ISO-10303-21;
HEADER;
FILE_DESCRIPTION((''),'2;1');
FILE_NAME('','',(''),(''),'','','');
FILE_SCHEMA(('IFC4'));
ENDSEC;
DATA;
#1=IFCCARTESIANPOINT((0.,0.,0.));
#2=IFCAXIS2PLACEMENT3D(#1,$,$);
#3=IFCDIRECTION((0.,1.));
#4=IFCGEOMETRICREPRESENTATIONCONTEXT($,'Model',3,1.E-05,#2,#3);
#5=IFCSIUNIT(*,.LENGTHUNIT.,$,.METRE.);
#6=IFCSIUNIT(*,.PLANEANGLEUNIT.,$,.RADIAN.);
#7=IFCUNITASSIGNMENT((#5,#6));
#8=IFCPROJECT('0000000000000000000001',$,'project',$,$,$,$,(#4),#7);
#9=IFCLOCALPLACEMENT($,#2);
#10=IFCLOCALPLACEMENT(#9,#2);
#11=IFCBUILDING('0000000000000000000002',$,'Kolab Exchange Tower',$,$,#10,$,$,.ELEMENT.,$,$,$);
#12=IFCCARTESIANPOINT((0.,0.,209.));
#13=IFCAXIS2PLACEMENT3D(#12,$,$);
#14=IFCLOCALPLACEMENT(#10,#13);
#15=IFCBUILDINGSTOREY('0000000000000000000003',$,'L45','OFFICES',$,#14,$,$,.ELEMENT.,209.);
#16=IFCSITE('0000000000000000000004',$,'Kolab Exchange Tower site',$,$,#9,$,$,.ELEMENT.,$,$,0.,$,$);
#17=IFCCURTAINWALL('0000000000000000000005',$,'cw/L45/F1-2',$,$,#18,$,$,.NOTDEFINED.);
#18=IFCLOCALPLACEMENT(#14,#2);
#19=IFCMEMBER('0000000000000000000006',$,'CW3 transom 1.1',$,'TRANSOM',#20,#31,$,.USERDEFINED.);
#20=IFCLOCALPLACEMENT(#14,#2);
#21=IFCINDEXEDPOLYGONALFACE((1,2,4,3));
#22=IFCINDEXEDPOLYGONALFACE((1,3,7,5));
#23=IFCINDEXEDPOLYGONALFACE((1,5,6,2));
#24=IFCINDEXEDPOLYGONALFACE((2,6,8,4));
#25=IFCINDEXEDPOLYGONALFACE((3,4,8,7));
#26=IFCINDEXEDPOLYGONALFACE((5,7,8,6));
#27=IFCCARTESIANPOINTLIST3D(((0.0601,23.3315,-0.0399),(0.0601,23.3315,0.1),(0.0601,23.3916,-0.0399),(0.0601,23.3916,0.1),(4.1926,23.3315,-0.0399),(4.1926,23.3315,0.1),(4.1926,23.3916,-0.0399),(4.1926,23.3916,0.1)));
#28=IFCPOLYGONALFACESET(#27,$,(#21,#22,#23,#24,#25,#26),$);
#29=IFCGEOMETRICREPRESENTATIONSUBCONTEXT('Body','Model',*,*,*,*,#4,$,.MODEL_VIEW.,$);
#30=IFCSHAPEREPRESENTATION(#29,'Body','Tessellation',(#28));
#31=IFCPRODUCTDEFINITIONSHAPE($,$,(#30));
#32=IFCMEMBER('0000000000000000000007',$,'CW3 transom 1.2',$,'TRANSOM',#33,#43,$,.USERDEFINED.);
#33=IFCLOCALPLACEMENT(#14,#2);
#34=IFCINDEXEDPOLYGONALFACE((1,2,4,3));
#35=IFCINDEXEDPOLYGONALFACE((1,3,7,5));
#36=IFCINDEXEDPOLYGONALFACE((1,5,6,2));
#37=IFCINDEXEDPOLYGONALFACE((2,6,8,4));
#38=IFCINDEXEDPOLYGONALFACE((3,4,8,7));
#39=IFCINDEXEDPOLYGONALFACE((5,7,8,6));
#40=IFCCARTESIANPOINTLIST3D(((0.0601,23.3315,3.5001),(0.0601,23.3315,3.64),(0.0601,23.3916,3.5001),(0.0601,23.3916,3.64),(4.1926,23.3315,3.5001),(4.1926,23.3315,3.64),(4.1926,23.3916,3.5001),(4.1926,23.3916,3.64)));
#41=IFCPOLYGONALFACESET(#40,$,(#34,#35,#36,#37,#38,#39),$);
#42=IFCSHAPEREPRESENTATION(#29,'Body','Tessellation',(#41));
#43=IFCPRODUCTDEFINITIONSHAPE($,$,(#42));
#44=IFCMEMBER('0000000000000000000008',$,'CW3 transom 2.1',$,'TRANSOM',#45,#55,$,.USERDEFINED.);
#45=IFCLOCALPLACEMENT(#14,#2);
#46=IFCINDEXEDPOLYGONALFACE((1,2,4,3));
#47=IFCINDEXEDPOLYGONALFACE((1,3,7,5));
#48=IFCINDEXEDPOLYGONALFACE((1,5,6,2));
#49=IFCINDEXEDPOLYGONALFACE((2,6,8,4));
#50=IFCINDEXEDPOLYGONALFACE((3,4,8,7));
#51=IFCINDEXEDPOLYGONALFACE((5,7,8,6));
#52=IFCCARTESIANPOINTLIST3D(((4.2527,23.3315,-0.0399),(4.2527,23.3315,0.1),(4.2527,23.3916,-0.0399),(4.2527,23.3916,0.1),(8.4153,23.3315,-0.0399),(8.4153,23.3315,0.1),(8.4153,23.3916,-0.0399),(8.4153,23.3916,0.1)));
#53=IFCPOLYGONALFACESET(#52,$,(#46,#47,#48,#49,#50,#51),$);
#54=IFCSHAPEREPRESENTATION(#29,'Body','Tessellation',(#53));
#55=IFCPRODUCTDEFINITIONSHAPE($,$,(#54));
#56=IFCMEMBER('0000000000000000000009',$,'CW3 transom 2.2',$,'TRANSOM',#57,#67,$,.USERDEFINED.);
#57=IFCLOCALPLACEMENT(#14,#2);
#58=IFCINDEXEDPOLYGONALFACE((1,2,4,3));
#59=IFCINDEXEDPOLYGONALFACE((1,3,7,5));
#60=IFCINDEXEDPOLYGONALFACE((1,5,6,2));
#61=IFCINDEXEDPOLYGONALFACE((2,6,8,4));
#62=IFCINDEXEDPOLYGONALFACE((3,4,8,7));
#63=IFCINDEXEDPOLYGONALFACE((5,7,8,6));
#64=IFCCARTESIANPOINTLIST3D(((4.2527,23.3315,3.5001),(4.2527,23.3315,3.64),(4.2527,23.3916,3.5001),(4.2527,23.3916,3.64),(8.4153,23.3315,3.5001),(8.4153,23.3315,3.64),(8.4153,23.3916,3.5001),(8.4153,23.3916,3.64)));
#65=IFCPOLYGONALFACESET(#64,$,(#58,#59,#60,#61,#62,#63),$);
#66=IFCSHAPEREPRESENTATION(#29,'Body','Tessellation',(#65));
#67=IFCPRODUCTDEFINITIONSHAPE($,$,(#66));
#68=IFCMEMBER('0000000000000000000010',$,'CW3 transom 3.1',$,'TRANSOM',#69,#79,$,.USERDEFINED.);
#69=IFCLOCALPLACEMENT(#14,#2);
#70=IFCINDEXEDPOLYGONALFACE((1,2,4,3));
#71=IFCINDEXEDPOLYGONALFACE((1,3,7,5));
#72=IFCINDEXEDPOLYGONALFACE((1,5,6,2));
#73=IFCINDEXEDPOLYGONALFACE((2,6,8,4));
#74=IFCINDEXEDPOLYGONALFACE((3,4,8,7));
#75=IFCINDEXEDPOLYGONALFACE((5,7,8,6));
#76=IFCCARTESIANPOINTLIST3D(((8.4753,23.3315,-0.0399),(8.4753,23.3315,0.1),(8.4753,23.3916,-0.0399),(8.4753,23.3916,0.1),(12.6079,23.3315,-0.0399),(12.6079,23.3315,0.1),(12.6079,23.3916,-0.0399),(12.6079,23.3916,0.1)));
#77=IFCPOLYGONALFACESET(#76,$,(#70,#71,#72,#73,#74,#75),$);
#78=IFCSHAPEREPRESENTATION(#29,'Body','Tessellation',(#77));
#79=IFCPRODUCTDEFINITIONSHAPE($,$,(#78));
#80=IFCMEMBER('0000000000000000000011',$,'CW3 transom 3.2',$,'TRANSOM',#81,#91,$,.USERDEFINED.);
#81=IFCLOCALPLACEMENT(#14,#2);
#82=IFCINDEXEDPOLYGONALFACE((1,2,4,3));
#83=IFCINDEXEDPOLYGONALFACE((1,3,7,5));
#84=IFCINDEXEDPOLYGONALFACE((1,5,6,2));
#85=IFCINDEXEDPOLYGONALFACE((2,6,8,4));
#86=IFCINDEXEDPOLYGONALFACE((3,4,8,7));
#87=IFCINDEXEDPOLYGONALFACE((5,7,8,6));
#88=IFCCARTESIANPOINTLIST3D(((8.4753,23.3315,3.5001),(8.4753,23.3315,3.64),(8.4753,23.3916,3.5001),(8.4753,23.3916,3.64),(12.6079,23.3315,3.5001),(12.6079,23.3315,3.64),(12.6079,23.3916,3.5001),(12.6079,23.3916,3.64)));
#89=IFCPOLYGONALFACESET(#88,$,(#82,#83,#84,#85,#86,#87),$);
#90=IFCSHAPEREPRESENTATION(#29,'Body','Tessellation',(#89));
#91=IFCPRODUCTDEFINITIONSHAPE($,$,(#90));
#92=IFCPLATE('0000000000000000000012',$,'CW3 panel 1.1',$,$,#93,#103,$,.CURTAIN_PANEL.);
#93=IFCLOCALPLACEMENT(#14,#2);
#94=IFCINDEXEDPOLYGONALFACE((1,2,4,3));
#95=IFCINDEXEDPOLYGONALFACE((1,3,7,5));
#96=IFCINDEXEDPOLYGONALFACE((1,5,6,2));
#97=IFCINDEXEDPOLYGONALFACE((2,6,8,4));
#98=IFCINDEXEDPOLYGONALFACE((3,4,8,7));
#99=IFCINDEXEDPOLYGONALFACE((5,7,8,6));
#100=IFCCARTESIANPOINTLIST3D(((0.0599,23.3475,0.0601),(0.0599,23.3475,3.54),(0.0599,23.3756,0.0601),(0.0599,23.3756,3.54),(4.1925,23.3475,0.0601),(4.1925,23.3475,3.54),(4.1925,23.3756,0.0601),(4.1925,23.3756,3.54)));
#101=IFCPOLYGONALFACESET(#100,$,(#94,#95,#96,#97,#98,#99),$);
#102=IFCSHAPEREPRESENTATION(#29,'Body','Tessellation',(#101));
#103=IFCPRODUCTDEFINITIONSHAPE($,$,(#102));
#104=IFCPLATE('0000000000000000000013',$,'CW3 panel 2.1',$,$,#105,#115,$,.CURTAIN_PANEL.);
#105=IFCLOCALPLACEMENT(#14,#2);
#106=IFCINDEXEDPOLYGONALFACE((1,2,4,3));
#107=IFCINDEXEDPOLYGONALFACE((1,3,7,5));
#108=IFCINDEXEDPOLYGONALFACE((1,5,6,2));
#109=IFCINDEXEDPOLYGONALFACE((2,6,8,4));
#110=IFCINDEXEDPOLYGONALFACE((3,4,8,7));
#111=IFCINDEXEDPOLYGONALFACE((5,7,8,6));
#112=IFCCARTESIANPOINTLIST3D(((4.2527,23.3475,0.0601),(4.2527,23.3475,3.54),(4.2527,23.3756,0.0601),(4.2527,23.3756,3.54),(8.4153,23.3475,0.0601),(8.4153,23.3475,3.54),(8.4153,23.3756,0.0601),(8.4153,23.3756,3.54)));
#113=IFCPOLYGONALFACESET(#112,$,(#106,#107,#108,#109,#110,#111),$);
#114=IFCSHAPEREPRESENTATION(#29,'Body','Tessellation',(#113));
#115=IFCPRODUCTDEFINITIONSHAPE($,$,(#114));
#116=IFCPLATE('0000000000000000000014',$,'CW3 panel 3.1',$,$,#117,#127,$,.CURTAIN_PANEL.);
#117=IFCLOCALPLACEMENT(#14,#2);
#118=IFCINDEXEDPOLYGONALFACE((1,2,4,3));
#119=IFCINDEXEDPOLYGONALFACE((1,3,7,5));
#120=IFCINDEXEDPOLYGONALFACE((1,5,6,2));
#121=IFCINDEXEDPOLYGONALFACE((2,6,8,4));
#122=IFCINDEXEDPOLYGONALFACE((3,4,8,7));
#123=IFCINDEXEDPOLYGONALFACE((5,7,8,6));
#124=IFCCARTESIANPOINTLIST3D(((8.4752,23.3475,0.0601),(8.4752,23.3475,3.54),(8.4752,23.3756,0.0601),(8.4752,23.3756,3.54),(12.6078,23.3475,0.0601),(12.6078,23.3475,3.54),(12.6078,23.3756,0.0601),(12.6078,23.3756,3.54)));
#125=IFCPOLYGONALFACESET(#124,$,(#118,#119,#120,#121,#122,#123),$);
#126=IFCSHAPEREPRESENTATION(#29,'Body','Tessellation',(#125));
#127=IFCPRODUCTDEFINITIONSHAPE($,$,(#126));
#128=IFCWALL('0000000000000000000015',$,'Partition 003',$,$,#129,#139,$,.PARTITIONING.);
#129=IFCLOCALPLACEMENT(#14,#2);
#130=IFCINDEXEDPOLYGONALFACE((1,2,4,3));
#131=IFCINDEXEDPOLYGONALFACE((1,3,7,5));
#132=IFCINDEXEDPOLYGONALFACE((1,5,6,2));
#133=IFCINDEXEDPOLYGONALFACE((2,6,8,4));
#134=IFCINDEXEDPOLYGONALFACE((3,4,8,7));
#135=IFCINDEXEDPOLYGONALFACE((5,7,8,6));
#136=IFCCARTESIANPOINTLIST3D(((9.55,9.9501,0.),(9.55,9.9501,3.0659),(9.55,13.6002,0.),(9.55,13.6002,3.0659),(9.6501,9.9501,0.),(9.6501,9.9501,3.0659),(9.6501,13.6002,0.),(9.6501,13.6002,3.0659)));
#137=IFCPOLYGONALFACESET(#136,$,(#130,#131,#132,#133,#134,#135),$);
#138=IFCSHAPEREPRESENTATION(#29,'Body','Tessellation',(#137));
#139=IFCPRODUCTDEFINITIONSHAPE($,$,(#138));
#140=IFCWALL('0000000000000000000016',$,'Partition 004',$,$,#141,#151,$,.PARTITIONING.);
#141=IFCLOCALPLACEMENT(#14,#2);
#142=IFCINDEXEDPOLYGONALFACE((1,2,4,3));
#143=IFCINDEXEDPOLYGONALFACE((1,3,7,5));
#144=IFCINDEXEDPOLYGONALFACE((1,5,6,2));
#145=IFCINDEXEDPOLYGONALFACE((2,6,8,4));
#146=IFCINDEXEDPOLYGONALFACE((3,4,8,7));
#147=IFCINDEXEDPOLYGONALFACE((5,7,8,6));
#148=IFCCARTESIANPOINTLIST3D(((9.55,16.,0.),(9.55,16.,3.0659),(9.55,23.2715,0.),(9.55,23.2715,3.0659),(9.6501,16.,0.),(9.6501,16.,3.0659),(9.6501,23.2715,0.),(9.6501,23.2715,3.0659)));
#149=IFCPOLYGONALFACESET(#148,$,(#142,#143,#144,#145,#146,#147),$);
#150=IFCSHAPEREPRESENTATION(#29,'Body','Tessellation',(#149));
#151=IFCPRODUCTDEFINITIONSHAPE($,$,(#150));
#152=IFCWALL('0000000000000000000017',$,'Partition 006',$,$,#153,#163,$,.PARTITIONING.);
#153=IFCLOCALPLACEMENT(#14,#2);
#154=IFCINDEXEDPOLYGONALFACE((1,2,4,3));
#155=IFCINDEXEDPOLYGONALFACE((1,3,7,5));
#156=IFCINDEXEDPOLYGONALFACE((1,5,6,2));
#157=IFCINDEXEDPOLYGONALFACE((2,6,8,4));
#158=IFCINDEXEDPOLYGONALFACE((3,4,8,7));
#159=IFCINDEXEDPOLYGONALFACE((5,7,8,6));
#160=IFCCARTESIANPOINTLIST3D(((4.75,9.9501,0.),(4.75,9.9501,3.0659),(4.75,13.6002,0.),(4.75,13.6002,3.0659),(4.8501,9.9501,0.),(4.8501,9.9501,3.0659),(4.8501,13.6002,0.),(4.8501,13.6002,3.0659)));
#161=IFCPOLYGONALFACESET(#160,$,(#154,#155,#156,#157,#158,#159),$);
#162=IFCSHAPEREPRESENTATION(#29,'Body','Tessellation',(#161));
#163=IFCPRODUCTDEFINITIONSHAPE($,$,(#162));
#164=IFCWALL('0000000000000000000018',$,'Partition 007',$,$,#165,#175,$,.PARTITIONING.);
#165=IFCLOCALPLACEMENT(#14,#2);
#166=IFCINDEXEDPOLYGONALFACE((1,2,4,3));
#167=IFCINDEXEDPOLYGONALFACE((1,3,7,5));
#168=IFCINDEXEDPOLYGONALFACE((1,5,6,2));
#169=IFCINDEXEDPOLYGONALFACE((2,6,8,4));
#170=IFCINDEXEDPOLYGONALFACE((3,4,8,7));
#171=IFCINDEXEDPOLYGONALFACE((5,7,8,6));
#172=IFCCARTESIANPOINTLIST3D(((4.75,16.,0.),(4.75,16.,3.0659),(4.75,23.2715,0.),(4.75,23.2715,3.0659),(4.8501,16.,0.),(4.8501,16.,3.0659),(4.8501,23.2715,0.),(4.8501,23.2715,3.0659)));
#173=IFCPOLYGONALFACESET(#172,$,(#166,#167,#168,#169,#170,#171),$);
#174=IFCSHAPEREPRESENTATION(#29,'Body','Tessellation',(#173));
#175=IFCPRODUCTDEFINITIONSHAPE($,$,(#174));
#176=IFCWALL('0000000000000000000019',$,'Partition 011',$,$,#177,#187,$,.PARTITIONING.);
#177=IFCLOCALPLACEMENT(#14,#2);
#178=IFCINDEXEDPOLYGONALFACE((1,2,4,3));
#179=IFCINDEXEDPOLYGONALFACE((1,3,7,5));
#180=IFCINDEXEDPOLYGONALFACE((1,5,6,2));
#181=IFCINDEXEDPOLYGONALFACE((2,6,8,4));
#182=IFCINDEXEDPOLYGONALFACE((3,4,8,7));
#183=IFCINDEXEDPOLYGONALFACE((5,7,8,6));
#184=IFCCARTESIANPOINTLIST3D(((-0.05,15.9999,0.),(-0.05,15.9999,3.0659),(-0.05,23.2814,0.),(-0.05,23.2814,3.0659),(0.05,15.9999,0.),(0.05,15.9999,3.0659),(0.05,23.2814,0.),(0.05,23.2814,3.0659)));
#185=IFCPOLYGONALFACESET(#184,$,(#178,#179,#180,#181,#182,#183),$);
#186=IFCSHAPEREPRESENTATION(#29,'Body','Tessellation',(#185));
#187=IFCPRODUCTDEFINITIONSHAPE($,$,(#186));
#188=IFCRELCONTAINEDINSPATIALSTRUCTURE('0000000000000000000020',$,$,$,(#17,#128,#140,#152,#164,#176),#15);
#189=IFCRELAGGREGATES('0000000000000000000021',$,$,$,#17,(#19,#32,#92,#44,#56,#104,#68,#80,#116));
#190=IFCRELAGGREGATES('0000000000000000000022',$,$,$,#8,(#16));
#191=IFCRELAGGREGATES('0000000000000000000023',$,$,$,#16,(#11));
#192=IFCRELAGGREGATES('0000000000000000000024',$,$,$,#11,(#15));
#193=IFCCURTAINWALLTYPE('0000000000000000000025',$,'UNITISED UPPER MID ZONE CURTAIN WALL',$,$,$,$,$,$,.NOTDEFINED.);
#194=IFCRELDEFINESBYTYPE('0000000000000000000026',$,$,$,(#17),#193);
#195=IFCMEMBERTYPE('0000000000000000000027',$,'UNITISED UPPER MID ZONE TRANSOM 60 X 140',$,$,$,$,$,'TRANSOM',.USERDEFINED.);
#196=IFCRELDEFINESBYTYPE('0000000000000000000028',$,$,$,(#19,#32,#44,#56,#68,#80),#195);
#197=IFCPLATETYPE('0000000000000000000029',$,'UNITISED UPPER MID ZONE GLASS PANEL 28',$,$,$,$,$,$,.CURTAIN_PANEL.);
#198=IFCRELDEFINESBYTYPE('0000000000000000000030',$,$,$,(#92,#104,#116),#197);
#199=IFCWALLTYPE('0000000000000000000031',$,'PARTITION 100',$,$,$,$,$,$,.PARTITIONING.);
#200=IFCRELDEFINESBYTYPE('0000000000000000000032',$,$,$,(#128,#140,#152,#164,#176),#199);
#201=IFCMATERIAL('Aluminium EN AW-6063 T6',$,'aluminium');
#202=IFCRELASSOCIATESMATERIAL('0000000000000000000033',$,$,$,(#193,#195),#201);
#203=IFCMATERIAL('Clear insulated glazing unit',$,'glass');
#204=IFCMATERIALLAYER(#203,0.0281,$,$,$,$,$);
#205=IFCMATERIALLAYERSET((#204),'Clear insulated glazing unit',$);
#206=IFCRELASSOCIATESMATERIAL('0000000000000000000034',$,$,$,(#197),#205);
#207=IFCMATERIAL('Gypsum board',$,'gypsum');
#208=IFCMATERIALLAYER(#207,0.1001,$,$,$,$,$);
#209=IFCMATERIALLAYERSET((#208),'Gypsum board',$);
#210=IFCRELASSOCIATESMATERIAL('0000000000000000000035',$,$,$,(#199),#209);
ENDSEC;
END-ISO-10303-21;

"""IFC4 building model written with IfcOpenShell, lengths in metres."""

from ifc_helpers import new_model, si_unit, direction, frame, frame_2d, origin, origin_2d, place, context, subcontext, project, spatial, rectangle, extrude, material, layer, layer_set, material_profile, profile_set, type_object, element, aggregate, save


model = new_model("IFC4")

# Units and contexts
model_context = context("Model", 3, precision=1e-05, world=origin(), true_north=direction((0.0, 1.0)))
body_context = subcontext(model_context, "Body", "Model", "MODEL_VIEW")
ifc_project = project(units=[si_unit("LENGTHUNIT", "METRE"), si_unit("PLANEANGLEUNIT", "RADIAN")], contexts=[model_context])

# Site, building, storey
site_placement = place(None, origin())
site = spatial("IfcSite", under=ifc_project, at=site_placement, Name="Kolab Exchange Tower site", CompositionType="ELEMENT", RefElevation=0.0)
building_placement = place(site_placement, origin())
building = spatial("IfcBuilding", under=site, at=building_placement, Name="Kolab Exchange Tower", CompositionType="ELEMENT")
storey_placement = place(building_placement, frame((0.0, 0.0, 209.0)))
storey = spatial("IfcBuildingStorey", under=building, at=storey_placement, Name="L45", Description="OFFICES", CompositionType="ELEMENT", Elevation=209.0)

# Curtain wall
ifc_material_1 = material(Name="Aluminium EN AW-6063 T6", Category="aluminium")
curtain_wall_type = type_object("IfcCurtainWallType", Name="UNITISED UPPER MID ZONE CURTAIN WALL", PredefinedType="NOTDEFINED", material=ifc_material_1)
curtain_wall_1_placement = place(storey_placement, origin())
curtain_wall_1 = element("IfcCurtainWall", 1, at=curtain_wall_1_placement, inside=storey, type_object=curtain_wall_type, Name="cw/L45/F1-2", PredefinedType="NOTDEFINED")

# Members
ifc_material_profile_1 = material_profile(ifc_material_1, rectangle(XDim=0.0601, YDim=0.1399, at=origin_2d()), Name="RECT 60X140")
ifc_profile_set_1 = profile_set([ifc_material_profile_1], Name="Aluminium EN AW-6063 T6")
member_type_1 = type_object("IfcMemberType", Name="UNITISED UPPER MID ZONE TRANSOM 60 X 140", ElementType="TRANSOM", PredefinedType="USERDEFINED", material=ifc_profile_set_1)
member_1_placement = place(storey_placement, frame((0.0601, 23.3616, 0.03), z_axis=(1.0, 0.0, 0.0), x_axis=(0.0, 1.0, 0.0)))
member_1 = element("IfcMember", 2, at=member_1_placement, type_object=member_type_1, Name="CW3 transom 1.1", ObjectType="TRANSOM", PredefinedType="USERDEFINED", context=body_context, shape_type="SweptSolid", body=[
    extrude(rectangle(XDim=0.0601, YDim=0.1399, at=origin_2d()), origin(), (0.0, 0.0, 1.0), 4.1326),
])
member_2_placement = place(storey_placement, frame((0.0601, 23.3616, 3.5701), z_axis=(1.0, 0.0, 0.0), x_axis=(0.0, 1.0, 0.0)))
member_2 = element("IfcMember", 3, at=member_2_placement, type_object=member_type_1, Name="CW3 transom 1.2", ObjectType="TRANSOM", PredefinedType="USERDEFINED", context=body_context, shape_type="SweptSolid", body=[
    extrude(rectangle(XDim=0.0601, YDim=0.1399, at=origin_2d()), origin(), (0.0, 0.0, 1.0), 4.1326),
])
member_3_placement = place(storey_placement, frame((4.2527, 23.3616, 0.03), z_axis=(1.0, 0.0, 0.0), x_axis=(0.0, 1.0, 0.0)))
member_3 = element("IfcMember", 4, at=member_3_placement, type_object=member_type_1, Name="CW3 transom 2.1", ObjectType="TRANSOM", PredefinedType="USERDEFINED", context=body_context, shape_type="SweptSolid", body=[
    extrude(rectangle(XDim=0.0601, YDim=0.1399, at=origin_2d()), origin(), (0.0, 0.0, 1.0), 4.1626),
])
member_4_placement = place(storey_placement, frame((4.2527, 23.3616, 3.5701), z_axis=(1.0, 0.0, 0.0), x_axis=(0.0, 1.0, 0.0)))
member_4 = element("IfcMember", 5, at=member_4_placement, type_object=member_type_1, Name="CW3 transom 2.2", ObjectType="TRANSOM", PredefinedType="USERDEFINED", context=body_context, shape_type="SweptSolid", body=[
    extrude(rectangle(XDim=0.0601, YDim=0.1399, at=origin_2d()), origin(), (0.0, 0.0, 1.0), 4.1626),
])
member_5_placement = place(storey_placement, frame((8.4753, 23.3616, 0.03), z_axis=(1.0, 0.0, 0.0), x_axis=(0.0, 1.0, 0.0)))
member_5 = element("IfcMember", 6, at=member_5_placement, type_object=member_type_1, Name="CW3 transom 3.1", ObjectType="TRANSOM", PredefinedType="USERDEFINED", context=body_context, shape_type="SweptSolid", body=[
    extrude(rectangle(XDim=0.0601, YDim=0.1399, at=origin_2d()), origin(), (0.0, 0.0, 1.0), 4.1326),
])
member_6_placement = place(storey_placement, frame((8.4753, 23.3616, 3.5701), z_axis=(1.0, 0.0, 0.0), x_axis=(0.0, 1.0, 0.0)))
member_6 = element("IfcMember", 7, at=member_6_placement, type_object=member_type_1, Name="CW3 transom 3.2", ObjectType="TRANSOM", PredefinedType="USERDEFINED", context=body_context, shape_type="SweptSolid", body=[
    extrude(rectangle(XDim=0.0601, YDim=0.1399, at=origin_2d()), origin(), (0.0, 0.0, 1.0), 4.1326),
])

# Plates
ifc_material_2 = material(Name="Clear insulated glazing unit", Category="glass")
ifc_layer_1 = layer(ifc_material_2, 0.0281)
ifc_layer_set_1 = layer_set([ifc_layer_1], Name="Clear insulated glazing unit")
plate_type = type_object("IfcPlateType", Name="UNITISED UPPER MID ZONE GLASS PANEL 28", PredefinedType="CURTAIN_PANEL", material=ifc_layer_set_1)
plate_1_placement = place(storey_placement, frame((2.1262, 23.3616, 0.0601), z_axis=(0.0, 0.0, 1.0), x_axis=(1.0, 0.0, 0.0)))
plate_1 = element("IfcPlate", 8, at=plate_1_placement, type_object=plate_type, Name="CW3 panel 1.1", PredefinedType="CURTAIN_PANEL", context=body_context, shape_type="SweptSolid", body=[
    extrude(rectangle(XDim=4.1326, YDim=0.0281, at=origin_2d()), origin(), (0.0, 0.0, 1.0), 3.48),
])
plate_2_placement = place(storey_placement, frame((6.334, 23.3616, 0.0601), z_axis=(0.0, 0.0, 1.0), x_axis=(1.0, 0.0, 0.0)))
plate_2 = element("IfcPlate", 9, at=plate_2_placement, type_object=plate_type, Name="CW3 panel 2.1", PredefinedType="CURTAIN_PANEL", context=body_context, shape_type="SweptSolid", body=[
    extrude(rectangle(XDim=4.1626, YDim=0.0281, at=origin_2d()), origin(), (0.0, 0.0, 1.0), 3.48),
])
plate_3_placement = place(storey_placement, frame((10.5415, 23.3616, 0.0601), z_axis=(0.0, 0.0, 1.0), x_axis=(1.0, 0.0, 0.0)))
plate_3 = element("IfcPlate", 10, at=plate_3_placement, type_object=plate_type, Name="CW3 panel 3.1", PredefinedType="CURTAIN_PANEL", context=body_context, shape_type="SweptSolid", body=[
    extrude(rectangle(XDim=4.1326, YDim=0.0281, at=origin_2d()), origin(), (0.0, 0.0, 1.0), 3.48),
])
aggregate(curtain_wall_1, [member_1, member_2, plate_1, member_3, member_4, plate_2, member_5, member_6, plate_3])

# Walls
ifc_material_3 = material(Name="Gypsum board", Category="gypsum")
ifc_layer_2 = layer(ifc_material_3, 0.1001)
ifc_layer_set_2 = layer_set([ifc_layer_2], Name="Gypsum board")
wall_type = type_object("IfcWallType", Name="PARTITION 100", PredefinedType="PARTITIONING", material=ifc_layer_set_2)
wall_1_placement = place(storey_placement, frame((9.6001, 9.95, 0.0), z_axis=(0.0, 0.0, 1.0), x_axis=(0.0, 1.0, 0.0)))
element("IfcWall", 11, at=wall_1_placement, inside=storey, type_object=wall_type, Name="Partition 003", PredefinedType="PARTITIONING", context=body_context, shape_type="SweptSolid", body=[
    extrude(rectangle(XDim=3.6501, YDim=0.1001, at=frame_2d((1.8252, 0.0))), origin(), (0.0, 0.0, 1.0), 3.0659),
])
wall_2_placement = place(storey_placement, frame((9.6001, 16.0, 0.0), z_axis=(0.0, 0.0, 1.0), x_axis=(0.0, 1.0, 0.0)))
element("IfcWall", 12, at=wall_2_placement, inside=storey, type_object=wall_type, Name="Partition 004", PredefinedType="PARTITIONING", context=body_context, shape_type="SweptSolid", body=[
    extrude(rectangle(XDim=7.2715, YDim=0.1001, at=frame_2d((3.6357, 0.0))), origin(), (0.0, 0.0, 1.0), 3.0659),
])
wall_3_placement = place(storey_placement, frame((4.8, 9.95, 0.0), z_axis=(0.0, 0.0, 1.0), x_axis=(0.0, 1.0, 0.0)))
element("IfcWall", 13, at=wall_3_placement, inside=storey, type_object=wall_type, Name="Partition 006", PredefinedType="PARTITIONING", context=body_context, shape_type="SweptSolid", body=[
    extrude(rectangle(XDim=3.6501, YDim=0.1001, at=frame_2d((1.8252, 0.0))), origin(), (0.0, 0.0, 1.0), 3.0659),
])
wall_4_placement = place(storey_placement, frame((4.8, 16.0, 0.0), z_axis=(0.0, 0.0, 1.0), x_axis=(0.0, 1.0, 0.0)))
element("IfcWall", 14, at=wall_4_placement, inside=storey, type_object=wall_type, Name="Partition 007", PredefinedType="PARTITIONING", context=body_context, shape_type="SweptSolid", body=[
    extrude(rectangle(XDim=7.2715, YDim=0.1001, at=frame_2d((3.6357, 0.0))), origin(), (0.0, 0.0, 1.0), 3.0659),
])
wall_5_placement = place(storey_placement, frame((0.0, 16.0, 0.0), z_axis=(0.0, 0.0, 1.0), x_axis=(0.0, 1.0, 0.0)))
element("IfcWall", 15, at=wall_5_placement, inside=storey, type_object=wall_type, Name="Partition 011", PredefinedType="PARTITIONING", context=body_context, shape_type="SweptSolid", body=[
    extrude(rectangle(XDim=7.2815, YDim=0.1001, at=frame_2d((3.6406, 0.0))), origin(), (0.0, 0.0, 1.0), 3.0659),
])

save(model, "model.ifc")
